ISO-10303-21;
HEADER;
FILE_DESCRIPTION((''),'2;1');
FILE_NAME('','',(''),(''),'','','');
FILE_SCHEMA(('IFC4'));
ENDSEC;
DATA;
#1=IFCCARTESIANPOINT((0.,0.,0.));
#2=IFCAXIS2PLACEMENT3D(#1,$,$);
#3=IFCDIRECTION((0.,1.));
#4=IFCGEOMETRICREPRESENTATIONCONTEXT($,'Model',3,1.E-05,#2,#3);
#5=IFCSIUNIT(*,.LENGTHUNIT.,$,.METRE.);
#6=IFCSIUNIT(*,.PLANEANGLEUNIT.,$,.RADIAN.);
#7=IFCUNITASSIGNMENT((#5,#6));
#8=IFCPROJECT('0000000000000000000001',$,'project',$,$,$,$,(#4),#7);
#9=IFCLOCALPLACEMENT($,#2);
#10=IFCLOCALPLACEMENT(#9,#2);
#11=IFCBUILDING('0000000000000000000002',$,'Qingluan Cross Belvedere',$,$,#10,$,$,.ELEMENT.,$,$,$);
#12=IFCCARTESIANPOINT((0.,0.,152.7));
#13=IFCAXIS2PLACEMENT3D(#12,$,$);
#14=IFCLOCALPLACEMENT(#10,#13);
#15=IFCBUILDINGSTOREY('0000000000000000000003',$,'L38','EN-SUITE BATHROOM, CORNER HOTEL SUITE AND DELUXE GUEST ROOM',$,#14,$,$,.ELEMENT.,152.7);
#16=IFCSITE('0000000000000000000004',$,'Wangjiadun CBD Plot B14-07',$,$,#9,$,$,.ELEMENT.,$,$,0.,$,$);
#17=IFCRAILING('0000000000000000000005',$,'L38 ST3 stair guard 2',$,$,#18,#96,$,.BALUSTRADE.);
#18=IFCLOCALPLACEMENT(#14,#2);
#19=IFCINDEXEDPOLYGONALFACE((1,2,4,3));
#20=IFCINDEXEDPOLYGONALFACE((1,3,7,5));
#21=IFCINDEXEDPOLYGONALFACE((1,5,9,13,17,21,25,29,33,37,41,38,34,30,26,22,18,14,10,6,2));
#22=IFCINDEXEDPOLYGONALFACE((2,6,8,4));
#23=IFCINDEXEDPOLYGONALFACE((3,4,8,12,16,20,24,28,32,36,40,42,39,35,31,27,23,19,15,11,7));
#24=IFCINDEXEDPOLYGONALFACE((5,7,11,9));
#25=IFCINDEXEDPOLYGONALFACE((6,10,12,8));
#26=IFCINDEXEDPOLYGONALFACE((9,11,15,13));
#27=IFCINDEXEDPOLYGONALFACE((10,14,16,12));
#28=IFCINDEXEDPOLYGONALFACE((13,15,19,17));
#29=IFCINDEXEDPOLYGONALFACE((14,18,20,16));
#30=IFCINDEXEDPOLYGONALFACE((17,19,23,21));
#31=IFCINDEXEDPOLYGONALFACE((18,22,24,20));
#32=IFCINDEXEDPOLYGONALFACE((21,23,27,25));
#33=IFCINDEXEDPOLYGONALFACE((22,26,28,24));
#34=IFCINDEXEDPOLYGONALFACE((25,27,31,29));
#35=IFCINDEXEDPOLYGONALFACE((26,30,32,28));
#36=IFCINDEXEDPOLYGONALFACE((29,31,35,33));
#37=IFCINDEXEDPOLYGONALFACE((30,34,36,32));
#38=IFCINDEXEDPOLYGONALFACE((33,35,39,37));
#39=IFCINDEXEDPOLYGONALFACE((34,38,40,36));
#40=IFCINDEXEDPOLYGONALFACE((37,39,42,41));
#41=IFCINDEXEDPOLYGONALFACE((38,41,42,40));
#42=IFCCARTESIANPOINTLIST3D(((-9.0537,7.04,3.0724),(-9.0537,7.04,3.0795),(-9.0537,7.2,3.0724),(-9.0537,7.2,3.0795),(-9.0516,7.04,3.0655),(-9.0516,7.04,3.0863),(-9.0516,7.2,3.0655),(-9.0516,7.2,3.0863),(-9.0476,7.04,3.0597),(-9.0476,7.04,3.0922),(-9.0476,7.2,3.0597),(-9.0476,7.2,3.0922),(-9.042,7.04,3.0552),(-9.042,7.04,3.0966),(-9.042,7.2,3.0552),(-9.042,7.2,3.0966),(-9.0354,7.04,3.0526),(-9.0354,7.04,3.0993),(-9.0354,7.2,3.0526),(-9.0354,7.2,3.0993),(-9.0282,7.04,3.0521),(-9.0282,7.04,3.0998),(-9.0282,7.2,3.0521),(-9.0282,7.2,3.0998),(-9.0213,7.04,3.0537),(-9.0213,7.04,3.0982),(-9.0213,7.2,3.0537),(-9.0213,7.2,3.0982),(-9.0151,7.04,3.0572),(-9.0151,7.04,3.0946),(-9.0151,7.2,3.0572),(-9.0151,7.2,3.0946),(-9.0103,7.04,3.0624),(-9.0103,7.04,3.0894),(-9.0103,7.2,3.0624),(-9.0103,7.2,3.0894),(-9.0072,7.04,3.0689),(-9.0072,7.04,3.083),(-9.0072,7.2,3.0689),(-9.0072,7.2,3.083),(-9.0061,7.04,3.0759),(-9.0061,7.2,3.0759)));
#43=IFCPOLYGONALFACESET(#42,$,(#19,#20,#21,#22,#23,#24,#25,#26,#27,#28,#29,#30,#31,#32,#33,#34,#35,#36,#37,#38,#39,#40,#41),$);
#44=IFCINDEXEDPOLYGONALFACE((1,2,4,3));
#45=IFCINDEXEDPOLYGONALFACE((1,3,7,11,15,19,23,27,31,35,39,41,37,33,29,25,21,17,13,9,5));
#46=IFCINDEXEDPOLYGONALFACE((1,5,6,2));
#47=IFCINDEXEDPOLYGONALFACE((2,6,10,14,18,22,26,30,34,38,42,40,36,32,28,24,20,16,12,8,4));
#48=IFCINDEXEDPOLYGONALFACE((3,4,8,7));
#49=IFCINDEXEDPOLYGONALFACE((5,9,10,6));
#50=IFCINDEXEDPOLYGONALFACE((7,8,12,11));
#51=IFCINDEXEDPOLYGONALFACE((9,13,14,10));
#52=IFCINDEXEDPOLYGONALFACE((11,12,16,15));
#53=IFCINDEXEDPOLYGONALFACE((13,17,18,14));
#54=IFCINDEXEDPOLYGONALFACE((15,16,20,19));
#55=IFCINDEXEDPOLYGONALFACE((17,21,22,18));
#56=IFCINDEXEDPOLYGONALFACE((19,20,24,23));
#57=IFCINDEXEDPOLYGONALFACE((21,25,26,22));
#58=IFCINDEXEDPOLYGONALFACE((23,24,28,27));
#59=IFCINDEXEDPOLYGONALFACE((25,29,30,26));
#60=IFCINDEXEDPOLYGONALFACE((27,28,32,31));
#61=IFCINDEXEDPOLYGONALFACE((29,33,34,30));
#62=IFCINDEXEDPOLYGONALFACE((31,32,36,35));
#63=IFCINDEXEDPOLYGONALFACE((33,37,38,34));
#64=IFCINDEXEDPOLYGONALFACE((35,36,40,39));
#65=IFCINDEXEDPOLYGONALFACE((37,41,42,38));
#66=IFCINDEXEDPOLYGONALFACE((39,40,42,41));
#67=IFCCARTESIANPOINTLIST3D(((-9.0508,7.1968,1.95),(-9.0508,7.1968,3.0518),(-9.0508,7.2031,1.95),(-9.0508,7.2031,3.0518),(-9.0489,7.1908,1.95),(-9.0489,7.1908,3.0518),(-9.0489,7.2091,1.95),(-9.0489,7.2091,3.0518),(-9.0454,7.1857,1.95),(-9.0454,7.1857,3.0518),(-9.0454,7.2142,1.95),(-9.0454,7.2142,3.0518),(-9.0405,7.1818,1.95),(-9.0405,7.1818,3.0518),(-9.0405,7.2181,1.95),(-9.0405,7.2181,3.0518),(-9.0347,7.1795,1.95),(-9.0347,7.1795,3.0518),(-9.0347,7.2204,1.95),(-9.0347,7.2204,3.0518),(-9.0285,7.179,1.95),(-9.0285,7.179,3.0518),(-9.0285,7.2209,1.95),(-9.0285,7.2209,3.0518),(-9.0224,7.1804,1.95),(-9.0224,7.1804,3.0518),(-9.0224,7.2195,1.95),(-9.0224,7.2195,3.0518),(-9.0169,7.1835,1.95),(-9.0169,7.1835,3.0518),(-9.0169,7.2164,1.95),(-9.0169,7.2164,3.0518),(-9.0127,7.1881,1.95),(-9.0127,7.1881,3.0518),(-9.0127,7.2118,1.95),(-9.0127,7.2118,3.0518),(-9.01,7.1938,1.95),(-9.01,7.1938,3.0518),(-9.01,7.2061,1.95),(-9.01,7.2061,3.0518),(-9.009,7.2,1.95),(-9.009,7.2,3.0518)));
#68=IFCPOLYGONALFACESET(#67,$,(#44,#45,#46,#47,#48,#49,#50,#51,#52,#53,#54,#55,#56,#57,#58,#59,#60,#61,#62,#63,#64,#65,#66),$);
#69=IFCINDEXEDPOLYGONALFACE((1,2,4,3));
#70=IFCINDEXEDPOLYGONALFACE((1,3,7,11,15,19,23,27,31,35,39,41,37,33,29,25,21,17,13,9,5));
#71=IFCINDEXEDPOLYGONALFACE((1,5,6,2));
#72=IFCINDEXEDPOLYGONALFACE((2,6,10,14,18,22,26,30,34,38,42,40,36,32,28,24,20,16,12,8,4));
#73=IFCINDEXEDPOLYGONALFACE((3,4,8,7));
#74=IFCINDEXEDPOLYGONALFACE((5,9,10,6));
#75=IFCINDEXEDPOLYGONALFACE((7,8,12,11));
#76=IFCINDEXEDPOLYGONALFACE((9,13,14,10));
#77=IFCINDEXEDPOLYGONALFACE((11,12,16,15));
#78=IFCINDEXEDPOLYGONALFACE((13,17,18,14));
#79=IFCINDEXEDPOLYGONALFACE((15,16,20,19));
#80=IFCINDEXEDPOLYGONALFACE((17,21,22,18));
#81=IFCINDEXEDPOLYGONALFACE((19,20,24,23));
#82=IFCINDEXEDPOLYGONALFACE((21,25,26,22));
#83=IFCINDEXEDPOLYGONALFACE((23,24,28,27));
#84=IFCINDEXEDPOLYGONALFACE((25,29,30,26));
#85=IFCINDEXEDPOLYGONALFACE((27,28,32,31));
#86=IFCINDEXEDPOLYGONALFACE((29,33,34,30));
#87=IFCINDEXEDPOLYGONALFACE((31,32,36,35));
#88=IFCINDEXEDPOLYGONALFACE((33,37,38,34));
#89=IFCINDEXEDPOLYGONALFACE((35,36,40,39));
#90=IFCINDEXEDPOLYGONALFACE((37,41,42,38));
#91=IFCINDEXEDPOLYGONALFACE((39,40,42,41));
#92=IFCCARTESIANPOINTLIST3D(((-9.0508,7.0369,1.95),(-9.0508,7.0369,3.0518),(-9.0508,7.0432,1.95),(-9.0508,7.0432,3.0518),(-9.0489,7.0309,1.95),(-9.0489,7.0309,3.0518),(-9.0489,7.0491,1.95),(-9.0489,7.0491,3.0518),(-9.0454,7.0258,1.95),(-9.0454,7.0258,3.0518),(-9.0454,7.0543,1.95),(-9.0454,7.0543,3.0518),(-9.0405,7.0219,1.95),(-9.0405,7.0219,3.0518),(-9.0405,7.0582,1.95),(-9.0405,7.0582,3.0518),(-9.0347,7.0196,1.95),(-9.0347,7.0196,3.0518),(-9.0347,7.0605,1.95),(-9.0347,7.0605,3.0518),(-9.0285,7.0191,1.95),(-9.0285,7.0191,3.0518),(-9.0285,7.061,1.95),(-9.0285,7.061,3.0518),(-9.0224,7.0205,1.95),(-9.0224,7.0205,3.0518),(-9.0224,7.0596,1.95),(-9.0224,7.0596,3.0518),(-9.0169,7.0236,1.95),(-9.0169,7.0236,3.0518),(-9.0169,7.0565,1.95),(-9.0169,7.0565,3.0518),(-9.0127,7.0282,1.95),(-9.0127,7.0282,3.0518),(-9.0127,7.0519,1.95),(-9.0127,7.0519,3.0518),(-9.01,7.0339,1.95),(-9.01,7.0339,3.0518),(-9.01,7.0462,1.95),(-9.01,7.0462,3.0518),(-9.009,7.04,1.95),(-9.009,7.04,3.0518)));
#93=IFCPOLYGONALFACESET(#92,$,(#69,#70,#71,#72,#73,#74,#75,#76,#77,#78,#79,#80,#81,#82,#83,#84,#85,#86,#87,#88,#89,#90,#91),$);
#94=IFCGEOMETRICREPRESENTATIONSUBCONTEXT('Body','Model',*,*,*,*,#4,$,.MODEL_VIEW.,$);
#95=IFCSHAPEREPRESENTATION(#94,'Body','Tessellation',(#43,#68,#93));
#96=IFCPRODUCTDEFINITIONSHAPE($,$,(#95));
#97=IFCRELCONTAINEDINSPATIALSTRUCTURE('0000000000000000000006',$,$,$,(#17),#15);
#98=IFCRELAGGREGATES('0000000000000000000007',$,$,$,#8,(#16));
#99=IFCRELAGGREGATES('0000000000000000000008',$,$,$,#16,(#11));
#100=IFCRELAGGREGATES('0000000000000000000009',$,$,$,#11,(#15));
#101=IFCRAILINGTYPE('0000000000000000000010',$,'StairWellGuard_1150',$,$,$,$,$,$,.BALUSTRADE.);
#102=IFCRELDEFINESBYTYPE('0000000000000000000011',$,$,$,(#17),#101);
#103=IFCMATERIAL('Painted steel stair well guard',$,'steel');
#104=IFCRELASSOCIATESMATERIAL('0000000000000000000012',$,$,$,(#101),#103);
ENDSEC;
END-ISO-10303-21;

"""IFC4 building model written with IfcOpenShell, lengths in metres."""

from ifc_helpers import new_model, si_unit, direction, frame, origin, origin_2d, place, context, subcontext, project, spatial, circle, extrude, material, type_object, element, save


model = new_model("IFC4")

# Units and contexts
model_context = context("Model", 3, precision=1e-05, world=origin(), true_north=direction((0.0, 1.0)))
body_context = subcontext(model_context, "Body", "Model", "MODEL_VIEW")
ifc_project = project(units=[si_unit("LENGTHUNIT", "METRE"), si_unit("PLANEANGLEUNIT", "RADIAN")], contexts=[model_context])

# Site, building, storey
site_placement = place(None, origin())
site = spatial("IfcSite", under=ifc_project, at=site_placement, Name="Wangjiadun CBD Plot B14-07", CompositionType="ELEMENT", RefElevation=0.0)
building_placement = place(site_placement, origin())
building = spatial("IfcBuilding", under=site, at=building_placement, Name="Qingluan Cross Belvedere", CompositionType="ELEMENT")
storey_placement = place(building_placement, frame((0.0, 0.0, 152.7)))
storey = spatial("IfcBuildingStorey", under=building, at=storey_placement, Name="L38", Description="EN-SUITE BATHROOM, CORNER HOTEL SUITE AND DELUXE GUEST ROOM", CompositionType="ELEMENT", Elevation=152.7)

# Railing
ifc_material_1 = material(Name="Painted steel stair well guard", Category="steel")
railing_type_1 = type_object("IfcRailingType", Name="StairWellGuard_1150", PredefinedType="BALUSTRADE", material=ifc_material_1)
railing_1_placement = place(storey_placement, frame((-9.03, 7.2, 1.95)))
element("IfcRailing", 1, at=railing_1_placement, inside=storey, type_object=railing_type_1, Name="L38 ST3 stair guard 2", PredefinedType="BALUSTRADE", context=body_context, shape_type="SweptSolid", body=[
    extrude(circle(Radius=0.0239, at=origin_2d()), frame((0.0, 0.0, 1.126), z_axis=(0.0, -1.0, 0.0), x_axis=(1.0, 0.0, 0.0)), (0.0, 0.0, 1.0), 0.1599),
    extrude(circle(Radius=0.021, at=origin_2d()), origin(), (0.0, 0.0, 1.0), 1.1018),
    extrude(circle(Radius=0.021, at=origin_2d()), frame((0.0, -0.1599, 0.0)), (0.0, 0.0, 1.0), 1.1018),
])

save(model, "model.ifc")
